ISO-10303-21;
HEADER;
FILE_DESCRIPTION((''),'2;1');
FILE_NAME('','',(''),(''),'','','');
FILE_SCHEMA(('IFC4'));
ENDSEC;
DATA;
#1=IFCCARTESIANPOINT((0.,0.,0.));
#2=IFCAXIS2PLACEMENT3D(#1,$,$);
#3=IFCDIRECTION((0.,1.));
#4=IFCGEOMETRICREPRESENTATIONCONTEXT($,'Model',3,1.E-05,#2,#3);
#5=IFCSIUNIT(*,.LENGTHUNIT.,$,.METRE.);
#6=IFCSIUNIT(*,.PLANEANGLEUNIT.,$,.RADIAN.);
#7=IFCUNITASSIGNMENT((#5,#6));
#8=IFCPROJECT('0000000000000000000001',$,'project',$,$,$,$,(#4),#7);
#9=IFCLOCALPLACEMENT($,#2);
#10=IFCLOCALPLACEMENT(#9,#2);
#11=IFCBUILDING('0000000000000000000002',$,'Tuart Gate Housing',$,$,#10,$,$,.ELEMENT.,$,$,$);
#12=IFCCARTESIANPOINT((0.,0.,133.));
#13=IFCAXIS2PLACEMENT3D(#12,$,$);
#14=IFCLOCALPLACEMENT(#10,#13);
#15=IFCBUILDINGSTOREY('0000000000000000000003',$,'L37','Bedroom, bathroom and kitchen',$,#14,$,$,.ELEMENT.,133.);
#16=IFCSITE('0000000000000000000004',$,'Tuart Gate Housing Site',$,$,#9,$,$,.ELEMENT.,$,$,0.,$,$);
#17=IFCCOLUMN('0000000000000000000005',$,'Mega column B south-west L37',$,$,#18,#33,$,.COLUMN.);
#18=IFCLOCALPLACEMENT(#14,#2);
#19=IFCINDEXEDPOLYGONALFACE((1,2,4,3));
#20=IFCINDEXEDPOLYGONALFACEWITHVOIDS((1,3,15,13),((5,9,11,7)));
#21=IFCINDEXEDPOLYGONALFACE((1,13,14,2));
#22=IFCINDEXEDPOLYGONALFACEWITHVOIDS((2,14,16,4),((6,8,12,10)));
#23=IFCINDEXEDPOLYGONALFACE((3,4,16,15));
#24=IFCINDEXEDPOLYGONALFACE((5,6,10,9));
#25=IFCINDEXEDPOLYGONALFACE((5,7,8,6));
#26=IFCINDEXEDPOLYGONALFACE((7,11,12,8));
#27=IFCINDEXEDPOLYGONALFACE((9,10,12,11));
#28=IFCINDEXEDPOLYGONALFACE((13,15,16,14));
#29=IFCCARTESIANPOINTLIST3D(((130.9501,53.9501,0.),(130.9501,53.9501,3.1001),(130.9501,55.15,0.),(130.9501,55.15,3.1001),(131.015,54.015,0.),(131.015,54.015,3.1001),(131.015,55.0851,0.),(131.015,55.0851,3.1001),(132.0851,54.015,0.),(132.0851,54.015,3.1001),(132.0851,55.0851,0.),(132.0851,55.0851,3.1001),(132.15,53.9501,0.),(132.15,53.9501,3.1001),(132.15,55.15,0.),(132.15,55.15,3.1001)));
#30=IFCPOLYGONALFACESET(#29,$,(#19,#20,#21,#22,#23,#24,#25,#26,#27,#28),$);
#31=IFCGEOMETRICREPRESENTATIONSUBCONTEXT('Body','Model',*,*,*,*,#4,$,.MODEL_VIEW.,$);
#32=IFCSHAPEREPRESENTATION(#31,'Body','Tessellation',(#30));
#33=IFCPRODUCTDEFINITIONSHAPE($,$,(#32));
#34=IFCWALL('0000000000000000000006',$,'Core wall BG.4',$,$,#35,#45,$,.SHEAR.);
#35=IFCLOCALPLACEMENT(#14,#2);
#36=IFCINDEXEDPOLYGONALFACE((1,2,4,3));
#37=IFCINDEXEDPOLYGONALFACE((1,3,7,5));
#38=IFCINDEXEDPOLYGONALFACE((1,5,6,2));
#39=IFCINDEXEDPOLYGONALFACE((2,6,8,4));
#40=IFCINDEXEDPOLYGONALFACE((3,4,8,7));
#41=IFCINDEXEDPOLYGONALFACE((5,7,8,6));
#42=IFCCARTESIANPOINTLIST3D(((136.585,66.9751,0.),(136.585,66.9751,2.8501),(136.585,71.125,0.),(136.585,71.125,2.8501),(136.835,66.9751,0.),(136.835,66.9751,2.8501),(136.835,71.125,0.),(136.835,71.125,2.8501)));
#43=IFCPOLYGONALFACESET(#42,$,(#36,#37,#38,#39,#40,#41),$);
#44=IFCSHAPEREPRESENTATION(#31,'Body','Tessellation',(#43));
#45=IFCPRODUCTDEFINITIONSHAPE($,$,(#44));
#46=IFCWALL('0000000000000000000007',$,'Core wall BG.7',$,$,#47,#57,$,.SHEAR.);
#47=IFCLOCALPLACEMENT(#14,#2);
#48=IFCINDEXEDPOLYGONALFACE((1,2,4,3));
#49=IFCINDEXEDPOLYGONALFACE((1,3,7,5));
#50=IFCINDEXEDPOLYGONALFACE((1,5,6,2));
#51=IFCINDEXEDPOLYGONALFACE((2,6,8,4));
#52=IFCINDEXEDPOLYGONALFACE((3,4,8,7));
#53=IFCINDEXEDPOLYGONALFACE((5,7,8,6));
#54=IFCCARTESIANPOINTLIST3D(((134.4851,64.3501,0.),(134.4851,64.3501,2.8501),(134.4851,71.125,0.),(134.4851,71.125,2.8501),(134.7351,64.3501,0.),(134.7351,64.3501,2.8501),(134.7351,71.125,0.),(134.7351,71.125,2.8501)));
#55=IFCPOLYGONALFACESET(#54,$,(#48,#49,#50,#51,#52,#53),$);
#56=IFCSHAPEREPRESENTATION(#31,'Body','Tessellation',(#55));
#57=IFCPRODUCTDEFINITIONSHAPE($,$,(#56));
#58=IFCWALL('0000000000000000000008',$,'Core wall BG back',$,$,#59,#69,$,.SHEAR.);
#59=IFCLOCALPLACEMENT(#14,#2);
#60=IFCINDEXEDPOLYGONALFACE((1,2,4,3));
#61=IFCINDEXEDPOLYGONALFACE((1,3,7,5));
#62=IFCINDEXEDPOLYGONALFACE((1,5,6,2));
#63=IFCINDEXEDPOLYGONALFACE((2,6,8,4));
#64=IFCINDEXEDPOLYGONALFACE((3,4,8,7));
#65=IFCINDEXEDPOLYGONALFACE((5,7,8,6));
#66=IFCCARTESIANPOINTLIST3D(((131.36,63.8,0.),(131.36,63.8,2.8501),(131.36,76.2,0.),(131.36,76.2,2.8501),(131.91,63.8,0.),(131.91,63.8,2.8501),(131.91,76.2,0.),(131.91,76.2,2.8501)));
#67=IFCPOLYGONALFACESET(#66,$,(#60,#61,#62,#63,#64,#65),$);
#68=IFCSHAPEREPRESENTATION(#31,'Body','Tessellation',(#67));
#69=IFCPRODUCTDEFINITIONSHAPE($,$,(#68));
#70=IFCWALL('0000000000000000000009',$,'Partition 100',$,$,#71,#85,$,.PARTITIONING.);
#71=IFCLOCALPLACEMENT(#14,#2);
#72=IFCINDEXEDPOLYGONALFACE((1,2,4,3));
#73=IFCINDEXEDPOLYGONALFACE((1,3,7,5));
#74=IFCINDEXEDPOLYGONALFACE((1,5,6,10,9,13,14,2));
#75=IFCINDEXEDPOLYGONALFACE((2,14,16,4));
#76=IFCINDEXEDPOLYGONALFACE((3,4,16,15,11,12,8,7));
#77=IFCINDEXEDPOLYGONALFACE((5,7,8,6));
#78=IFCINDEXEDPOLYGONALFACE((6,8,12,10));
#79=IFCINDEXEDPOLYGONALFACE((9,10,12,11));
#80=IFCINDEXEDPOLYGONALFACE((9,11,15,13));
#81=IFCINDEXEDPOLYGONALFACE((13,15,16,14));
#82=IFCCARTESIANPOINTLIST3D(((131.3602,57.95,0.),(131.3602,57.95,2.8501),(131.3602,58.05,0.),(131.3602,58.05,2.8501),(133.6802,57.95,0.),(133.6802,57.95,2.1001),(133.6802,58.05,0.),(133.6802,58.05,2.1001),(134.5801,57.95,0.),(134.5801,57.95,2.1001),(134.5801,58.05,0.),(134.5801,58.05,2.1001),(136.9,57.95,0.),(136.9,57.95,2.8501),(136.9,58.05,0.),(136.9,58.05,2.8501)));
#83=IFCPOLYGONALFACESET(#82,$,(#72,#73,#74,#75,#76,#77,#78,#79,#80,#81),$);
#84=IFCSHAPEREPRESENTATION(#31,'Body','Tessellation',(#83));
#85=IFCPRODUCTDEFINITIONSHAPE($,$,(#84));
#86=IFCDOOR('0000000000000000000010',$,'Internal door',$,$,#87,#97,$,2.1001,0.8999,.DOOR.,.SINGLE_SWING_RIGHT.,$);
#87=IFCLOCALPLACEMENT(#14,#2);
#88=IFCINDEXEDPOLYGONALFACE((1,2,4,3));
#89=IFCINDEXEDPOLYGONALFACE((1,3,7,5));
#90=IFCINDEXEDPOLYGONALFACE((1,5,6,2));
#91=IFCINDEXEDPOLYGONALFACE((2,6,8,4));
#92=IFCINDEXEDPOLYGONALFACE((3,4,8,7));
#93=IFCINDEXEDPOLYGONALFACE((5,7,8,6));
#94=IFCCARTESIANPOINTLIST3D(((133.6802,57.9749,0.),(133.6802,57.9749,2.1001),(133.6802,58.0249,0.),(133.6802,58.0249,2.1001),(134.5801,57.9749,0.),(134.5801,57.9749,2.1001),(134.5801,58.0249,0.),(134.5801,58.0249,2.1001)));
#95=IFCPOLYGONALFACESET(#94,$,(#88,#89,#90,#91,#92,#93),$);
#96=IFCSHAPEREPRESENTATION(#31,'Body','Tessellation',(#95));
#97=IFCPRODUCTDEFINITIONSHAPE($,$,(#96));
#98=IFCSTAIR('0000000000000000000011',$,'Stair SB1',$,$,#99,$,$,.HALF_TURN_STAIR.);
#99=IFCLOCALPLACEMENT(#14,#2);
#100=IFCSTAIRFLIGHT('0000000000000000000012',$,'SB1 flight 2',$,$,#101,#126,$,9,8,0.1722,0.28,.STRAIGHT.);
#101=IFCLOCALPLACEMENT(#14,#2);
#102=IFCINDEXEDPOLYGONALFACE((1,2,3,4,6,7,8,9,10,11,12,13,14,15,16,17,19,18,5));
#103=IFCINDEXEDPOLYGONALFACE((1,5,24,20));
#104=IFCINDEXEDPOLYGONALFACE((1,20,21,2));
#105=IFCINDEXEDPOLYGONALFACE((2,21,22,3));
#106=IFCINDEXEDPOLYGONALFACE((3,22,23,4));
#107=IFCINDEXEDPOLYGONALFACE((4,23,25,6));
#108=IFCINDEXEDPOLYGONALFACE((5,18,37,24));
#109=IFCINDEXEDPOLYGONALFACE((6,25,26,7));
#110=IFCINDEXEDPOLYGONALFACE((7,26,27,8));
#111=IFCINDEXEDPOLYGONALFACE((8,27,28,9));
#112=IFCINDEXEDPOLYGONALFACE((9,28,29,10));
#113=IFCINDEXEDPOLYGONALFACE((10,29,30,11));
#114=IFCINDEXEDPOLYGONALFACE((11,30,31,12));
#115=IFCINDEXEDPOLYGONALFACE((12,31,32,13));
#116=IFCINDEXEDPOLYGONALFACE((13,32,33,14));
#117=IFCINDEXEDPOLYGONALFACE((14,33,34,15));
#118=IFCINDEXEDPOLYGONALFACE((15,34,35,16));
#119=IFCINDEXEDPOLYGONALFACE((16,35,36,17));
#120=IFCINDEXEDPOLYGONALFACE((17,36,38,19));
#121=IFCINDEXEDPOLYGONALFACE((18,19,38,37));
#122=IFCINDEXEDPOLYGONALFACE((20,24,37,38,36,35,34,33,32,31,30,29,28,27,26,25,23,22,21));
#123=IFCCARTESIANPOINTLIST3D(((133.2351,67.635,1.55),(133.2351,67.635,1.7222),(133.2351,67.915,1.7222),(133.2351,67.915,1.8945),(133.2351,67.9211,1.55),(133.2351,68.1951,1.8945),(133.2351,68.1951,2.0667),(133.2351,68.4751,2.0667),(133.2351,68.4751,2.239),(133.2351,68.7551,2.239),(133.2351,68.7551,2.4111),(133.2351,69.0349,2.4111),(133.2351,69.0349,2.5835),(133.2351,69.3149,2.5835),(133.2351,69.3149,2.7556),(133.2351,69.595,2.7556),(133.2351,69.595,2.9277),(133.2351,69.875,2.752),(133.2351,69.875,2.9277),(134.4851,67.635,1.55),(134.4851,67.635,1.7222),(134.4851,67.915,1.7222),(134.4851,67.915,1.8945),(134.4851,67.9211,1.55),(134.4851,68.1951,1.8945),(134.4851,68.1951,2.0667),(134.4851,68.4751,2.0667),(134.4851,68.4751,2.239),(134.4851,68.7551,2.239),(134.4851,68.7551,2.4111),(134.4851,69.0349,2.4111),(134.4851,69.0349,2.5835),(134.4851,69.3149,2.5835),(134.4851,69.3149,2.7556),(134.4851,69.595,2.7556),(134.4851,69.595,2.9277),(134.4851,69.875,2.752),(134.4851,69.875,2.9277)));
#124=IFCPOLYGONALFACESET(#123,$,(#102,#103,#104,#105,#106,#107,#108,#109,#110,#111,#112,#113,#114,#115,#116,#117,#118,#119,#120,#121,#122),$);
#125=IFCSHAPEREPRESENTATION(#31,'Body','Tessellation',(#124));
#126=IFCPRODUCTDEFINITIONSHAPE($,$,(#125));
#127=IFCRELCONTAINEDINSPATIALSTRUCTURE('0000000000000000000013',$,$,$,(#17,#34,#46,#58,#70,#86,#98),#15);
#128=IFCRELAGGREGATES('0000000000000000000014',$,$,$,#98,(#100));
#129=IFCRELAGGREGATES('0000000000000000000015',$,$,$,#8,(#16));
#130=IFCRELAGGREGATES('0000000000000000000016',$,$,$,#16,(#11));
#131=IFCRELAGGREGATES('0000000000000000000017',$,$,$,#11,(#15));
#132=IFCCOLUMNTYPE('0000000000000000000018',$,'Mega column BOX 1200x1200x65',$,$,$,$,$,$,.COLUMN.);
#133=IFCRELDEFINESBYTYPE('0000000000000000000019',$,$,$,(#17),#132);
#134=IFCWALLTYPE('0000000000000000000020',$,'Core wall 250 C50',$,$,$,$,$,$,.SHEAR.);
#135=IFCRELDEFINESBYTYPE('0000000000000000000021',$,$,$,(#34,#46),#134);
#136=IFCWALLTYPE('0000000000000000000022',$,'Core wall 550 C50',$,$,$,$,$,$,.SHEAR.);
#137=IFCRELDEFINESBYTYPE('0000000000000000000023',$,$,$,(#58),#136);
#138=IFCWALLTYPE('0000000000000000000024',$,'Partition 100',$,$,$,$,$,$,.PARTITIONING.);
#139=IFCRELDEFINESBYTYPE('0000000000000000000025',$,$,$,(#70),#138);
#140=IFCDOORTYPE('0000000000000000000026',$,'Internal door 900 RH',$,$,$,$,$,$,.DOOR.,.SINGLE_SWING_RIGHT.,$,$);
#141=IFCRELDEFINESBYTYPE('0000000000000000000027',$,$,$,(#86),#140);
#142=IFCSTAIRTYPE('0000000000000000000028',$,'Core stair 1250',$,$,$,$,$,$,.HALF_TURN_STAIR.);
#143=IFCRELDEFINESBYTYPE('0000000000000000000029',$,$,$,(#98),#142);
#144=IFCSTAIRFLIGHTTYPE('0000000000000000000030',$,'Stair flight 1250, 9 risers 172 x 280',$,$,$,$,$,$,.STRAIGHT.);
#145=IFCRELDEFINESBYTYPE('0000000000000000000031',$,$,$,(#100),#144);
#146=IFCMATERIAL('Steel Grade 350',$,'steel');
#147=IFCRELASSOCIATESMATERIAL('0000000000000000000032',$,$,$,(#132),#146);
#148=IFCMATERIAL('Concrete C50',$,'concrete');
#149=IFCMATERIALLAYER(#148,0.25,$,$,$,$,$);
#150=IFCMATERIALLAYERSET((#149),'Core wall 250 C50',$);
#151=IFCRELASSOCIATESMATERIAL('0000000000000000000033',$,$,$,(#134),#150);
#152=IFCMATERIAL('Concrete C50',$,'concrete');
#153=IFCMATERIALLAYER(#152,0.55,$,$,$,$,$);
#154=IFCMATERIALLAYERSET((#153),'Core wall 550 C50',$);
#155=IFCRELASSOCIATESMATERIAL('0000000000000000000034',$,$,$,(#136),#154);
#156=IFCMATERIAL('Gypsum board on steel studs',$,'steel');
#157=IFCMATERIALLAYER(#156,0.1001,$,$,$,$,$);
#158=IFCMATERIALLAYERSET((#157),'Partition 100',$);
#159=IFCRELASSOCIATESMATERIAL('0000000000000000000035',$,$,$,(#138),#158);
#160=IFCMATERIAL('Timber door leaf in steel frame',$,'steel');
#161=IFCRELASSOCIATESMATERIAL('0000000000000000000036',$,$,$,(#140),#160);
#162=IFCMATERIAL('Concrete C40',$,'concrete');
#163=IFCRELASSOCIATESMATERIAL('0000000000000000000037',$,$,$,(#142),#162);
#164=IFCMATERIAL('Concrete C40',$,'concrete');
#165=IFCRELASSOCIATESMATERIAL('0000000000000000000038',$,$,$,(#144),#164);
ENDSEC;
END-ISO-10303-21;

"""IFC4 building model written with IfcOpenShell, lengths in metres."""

from ifc_helpers import new_model, si_unit, direction, frame, frame_2d, origin, origin_2d, place, context, subcontext, project, spatial, polyline, rectangle, hollow_rectangle, outline, extrude, material, layer, layer_set, material_profile, profile_set, type_object, element, fill, aggregate, save


model = new_model("IFC4")

# Units and contexts
model_context = context("Model", 3, precision=1e-05, world=origin(), true_north=direction((0.0, 1.0)))
body_context = subcontext(model_context, "Body", "Model", "MODEL_VIEW")
ifc_project = project(units=[si_unit("LENGTHUNIT", "METRE"), si_unit("PLANEANGLEUNIT", "RADIAN")], contexts=[model_context])

# Site, building, storey
site_placement = place(None, origin())
site = spatial("IfcSite", under=ifc_project, at=site_placement, Name="Tuart Gate Housing Site", CompositionType="ELEMENT", RefElevation=0.0)
building_placement = place(site_placement, origin())
building = spatial("IfcBuilding", under=site, at=building_placement, Name="Tuart Gate Housing", CompositionType="ELEMENT")
storey_placement = place(building_placement, frame((0.0, 0.0, 133.0)))
storey = spatial("IfcBuildingStorey", under=building, at=storey_placement, Name="L37", Description="Bedroom, bathroom and kitchen", CompositionType="ELEMENT", Elevation=133.0)

# Column
ifc_material_1 = material(Name="Steel Grade 350", Category="steel")
ifc_material_profile = material_profile(ifc_material_1, hollow_rectangle(XDim=1.2, YDim=1.2, WallThickness=0.0649, at=origin_2d()), Name="BOX 1200x1200x65")
ifc_profile_set = profile_set([ifc_material_profile], Name="Steel Grade 350")
column_type = type_object("IfcColumnType", Name="Mega column BOX 1200x1200x65", PredefinedType="COLUMN", material=ifc_profile_set)
column_placement = place(storey_placement, frame((131.55, 54.55, 0.0), z_axis=(0.0, 0.0, 1.0), x_axis=(1.0, 0.0, 0.0)))
element("IfcColumn", 1, at=column_placement, inside=storey, type_object=column_type, Name="Mega column B south-west L37", PredefinedType="COLUMN", context=body_context, shape_type="SweptSolid", body=[
    extrude(hollow_rectangle(XDim=1.2, YDim=1.2, WallThickness=0.0649, at=origin_2d()), origin(), (0.0, 0.0, 1.0), 3.1001),
])

# Walls
ifc_material_2 = material(Name="Concrete C50", Category="concrete")
ifc_layer_1 = layer(ifc_material_2, 0.25)
ifc_layer_set_1 = layer_set([ifc_layer_1], Name="Core wall 250 C50")
wall_type_1 = type_object("IfcWallType", Name="Core wall 250 C50", PredefinedType="SHEAR", material=ifc_layer_set_1)
wall_1_placement = place(storey_placement, frame((136.71, 66.9751, 0.0), z_axis=(0.0, 0.0, 1.0), x_axis=(0.0, 1.0, 0.0)))
element("IfcWall", 2, at=wall_1_placement, inside=storey, type_object=wall_type_1, Name="Core wall BG.4", PredefinedType="SHEAR", context=body_context, shape_type="SweptSolid", body=[
    extrude(rectangle(XDim=4.1499, YDim=0.25, at=frame_2d((2.075, 0.0))), origin(), (0.0, 0.0, 1.0), 2.8501),
])
wall_2_placement = place(storey_placement, frame((134.6101, 64.3501, 0.0), z_axis=(0.0, 0.0, 1.0), x_axis=(0.0, 1.0, 0.0)))
element("IfcWall", 3, at=wall_2_placement, inside=storey, type_object=wall_type_1, Name="Core wall BG.7", PredefinedType="SHEAR", context=body_context, shape_type="SweptSolid", body=[
    extrude(rectangle(XDim=6.7749, YDim=0.25, at=frame_2d((3.3875, 0.0))), origin(), (0.0, 0.0, 1.0), 2.8501),
])
ifc_material_3 = material(Name="Concrete C50", Category="concrete")
ifc_layer_2 = layer(ifc_material_3, 0.55)
ifc_layer_set_2 = layer_set([ifc_layer_2], Name="Core wall 550 C50")
wall_type_2 = type_object("IfcWallType", Name="Core wall 550 C50", PredefinedType="SHEAR", material=ifc_layer_set_2)
wall_3_placement = place(storey_placement, frame((131.635, 63.8, 0.0), z_axis=(0.0, 0.0, 1.0), x_axis=(0.0, 1.0, 0.0)))
element("IfcWall", 4, at=wall_3_placement, inside=storey, type_object=wall_type_2, Name="Core wall BG back", PredefinedType="SHEAR", context=body_context, shape_type="SweptSolid", body=[
    extrude(rectangle(XDim=12.3999, YDim=0.55, at=frame_2d((6.2, 0.0))), origin(), (0.0, 0.0, 1.0), 2.8501),
])

# Wall, opening, door
ifc_material_4 = material(Name="Gypsum board on steel studs", Category="steel")
ifc_layer_3 = layer(ifc_material_4, 0.1001)
ifc_layer_set_3 = layer_set([ifc_layer_3], Name="Partition 100")
wall_type_3 = type_object("IfcWallType", Name="Partition 100", PredefinedType="PARTITIONING", material=ifc_layer_set_3)
wall_4_placement = place(storey_placement, frame((131.3601, 58.0, 0.0), z_axis=(0.0, 0.0, 1.0), x_axis=(1.0, 0.0, 0.0)))
wall_4 = element("IfcWall", 5, at=wall_4_placement, inside=storey, type_object=wall_type_3, Name="Partition 100", PredefinedType="PARTITIONING", context=body_context, shape_type="SweptSolid", body=[
    extrude(rectangle(XDim=5.5398, YDim=0.1001, at=frame_2d((2.77, 0.0))), origin(), (0.0, 0.0, 1.0), 2.8501),
])
opening_1_placement = place(wall_4_placement, frame((2.3201, 0.0, 0.0)))
opening_1 = element("IfcOpeningElement", 6, at=opening_1_placement, cuts=wall_4, PredefinedType="OPENING", context=body_context, shape_type="SweptSolid", body=[
    extrude(rectangle(XDim=0.8999, YDim=2.1001, at=frame_2d((0.45, 1.05))), frame((0.0, 0.0601, 0.0), z_axis=(0.0, -1.0, 0.0), x_axis=(1.0, 0.0, 0.0)), (0.0, 0.0, 1.0), 0.1201),
])
ifc_material_5 = material(Name="Timber door leaf in steel frame", Category="steel")
door_type = type_object("IfcDoorType", Name="Internal door 900 RH", OperationType="SINGLE_SWING_RIGHT", PredefinedType="DOOR", material=ifc_material_5)
door_placement = place(opening_1_placement, frame((0.8999, 0.0, 0.0), z_axis=(0.0, 0.0, 1.0), x_axis=(-1.0, 0.0, 0.0)))
door = element("IfcDoor", 7, at=door_placement, inside=storey, type_object=door_type, Name="Internal door", OperationType="SINGLE_SWING_RIGHT", OverallHeight=2.1001, OverallWidth=0.8999, PredefinedType="DOOR", context=body_context, shape_type="SweptSolid", body=[
    extrude(rectangle(XDim=0.8999, YDim=2.1001, at=frame_2d((0.45, 1.05))), frame((0.0, 0.0251, 0.0), z_axis=(0.0, -1.0, 0.0), x_axis=(1.0, 0.0, 0.0)), (0.0, 0.0, 1.0), 0.05),
])
fill(opening_1, door)

# Stair, stair flight
ifc_material_6 = material(Name="Concrete C40", Category="concrete")
stair_type = type_object("IfcStairType", Name="Core stair 1250", PredefinedType="HALF_TURN_STAIR", material=ifc_material_6)
stair_placement = place(storey_placement, origin())
stair = element("IfcStair", 8, at=stair_placement, inside=storey, type_object=stair_type, Name="Stair SB1", PredefinedType="HALF_TURN_STAIR")
ifc_material_7 = material(Name="Concrete C40", Category="concrete")
stair_flight_type = type_object("IfcStairFlightType", Name="Stair flight 1250, 9 risers 172 x 280", PredefinedType="STRAIGHT", material=ifc_material_7)
stair_flight_placement = place(storey_placement, frame((133.8601, 67.635, 1.55), z_axis=(0.0, 0.0, 1.0), x_axis=(0.0, 1.0, 0.0)))
stair_flight = element("IfcStairFlight", 9, at=stair_flight_placement, type_object=stair_flight_type, Name="SB1 flight 2", NumberOfRisers=9, NumberOfTreads=8, PredefinedType="STRAIGHT", RiserHeight=0.1722, TreadLength=0.28, context=body_context, shape_type="SweptSolid", body=[
    extrude(outline(polyline([(0.0, 0.0), (0.0, 0.1721), (0.28, 0.1721), (0.28, 0.3445), (0.5601, 0.3445), (0.5601, 0.5166), (0.8401, 0.5166), (0.8401, 0.689), (1.1201, 0.689), (1.1201, 0.8611), (1.3999, 0.8611), (1.3999, 1.0334), (1.6799, 1.0334), (1.6799, 1.2056), (1.96, 1.2056), (1.96, 1.3777), (2.24, 1.3777), (2.24, 1.55), (2.24, 1.2019), (0.2861, 0.0), (0.0, 0.0)])), frame((0.0, 0.625, 0.0), z_axis=(0.0, -1.0, 0.0), x_axis=(1.0, 0.0, 0.0)), (0.0, 0.0, 1.0), 1.25),
])
aggregate(stair, [stair_flight])

save(model, "model.ifc")
